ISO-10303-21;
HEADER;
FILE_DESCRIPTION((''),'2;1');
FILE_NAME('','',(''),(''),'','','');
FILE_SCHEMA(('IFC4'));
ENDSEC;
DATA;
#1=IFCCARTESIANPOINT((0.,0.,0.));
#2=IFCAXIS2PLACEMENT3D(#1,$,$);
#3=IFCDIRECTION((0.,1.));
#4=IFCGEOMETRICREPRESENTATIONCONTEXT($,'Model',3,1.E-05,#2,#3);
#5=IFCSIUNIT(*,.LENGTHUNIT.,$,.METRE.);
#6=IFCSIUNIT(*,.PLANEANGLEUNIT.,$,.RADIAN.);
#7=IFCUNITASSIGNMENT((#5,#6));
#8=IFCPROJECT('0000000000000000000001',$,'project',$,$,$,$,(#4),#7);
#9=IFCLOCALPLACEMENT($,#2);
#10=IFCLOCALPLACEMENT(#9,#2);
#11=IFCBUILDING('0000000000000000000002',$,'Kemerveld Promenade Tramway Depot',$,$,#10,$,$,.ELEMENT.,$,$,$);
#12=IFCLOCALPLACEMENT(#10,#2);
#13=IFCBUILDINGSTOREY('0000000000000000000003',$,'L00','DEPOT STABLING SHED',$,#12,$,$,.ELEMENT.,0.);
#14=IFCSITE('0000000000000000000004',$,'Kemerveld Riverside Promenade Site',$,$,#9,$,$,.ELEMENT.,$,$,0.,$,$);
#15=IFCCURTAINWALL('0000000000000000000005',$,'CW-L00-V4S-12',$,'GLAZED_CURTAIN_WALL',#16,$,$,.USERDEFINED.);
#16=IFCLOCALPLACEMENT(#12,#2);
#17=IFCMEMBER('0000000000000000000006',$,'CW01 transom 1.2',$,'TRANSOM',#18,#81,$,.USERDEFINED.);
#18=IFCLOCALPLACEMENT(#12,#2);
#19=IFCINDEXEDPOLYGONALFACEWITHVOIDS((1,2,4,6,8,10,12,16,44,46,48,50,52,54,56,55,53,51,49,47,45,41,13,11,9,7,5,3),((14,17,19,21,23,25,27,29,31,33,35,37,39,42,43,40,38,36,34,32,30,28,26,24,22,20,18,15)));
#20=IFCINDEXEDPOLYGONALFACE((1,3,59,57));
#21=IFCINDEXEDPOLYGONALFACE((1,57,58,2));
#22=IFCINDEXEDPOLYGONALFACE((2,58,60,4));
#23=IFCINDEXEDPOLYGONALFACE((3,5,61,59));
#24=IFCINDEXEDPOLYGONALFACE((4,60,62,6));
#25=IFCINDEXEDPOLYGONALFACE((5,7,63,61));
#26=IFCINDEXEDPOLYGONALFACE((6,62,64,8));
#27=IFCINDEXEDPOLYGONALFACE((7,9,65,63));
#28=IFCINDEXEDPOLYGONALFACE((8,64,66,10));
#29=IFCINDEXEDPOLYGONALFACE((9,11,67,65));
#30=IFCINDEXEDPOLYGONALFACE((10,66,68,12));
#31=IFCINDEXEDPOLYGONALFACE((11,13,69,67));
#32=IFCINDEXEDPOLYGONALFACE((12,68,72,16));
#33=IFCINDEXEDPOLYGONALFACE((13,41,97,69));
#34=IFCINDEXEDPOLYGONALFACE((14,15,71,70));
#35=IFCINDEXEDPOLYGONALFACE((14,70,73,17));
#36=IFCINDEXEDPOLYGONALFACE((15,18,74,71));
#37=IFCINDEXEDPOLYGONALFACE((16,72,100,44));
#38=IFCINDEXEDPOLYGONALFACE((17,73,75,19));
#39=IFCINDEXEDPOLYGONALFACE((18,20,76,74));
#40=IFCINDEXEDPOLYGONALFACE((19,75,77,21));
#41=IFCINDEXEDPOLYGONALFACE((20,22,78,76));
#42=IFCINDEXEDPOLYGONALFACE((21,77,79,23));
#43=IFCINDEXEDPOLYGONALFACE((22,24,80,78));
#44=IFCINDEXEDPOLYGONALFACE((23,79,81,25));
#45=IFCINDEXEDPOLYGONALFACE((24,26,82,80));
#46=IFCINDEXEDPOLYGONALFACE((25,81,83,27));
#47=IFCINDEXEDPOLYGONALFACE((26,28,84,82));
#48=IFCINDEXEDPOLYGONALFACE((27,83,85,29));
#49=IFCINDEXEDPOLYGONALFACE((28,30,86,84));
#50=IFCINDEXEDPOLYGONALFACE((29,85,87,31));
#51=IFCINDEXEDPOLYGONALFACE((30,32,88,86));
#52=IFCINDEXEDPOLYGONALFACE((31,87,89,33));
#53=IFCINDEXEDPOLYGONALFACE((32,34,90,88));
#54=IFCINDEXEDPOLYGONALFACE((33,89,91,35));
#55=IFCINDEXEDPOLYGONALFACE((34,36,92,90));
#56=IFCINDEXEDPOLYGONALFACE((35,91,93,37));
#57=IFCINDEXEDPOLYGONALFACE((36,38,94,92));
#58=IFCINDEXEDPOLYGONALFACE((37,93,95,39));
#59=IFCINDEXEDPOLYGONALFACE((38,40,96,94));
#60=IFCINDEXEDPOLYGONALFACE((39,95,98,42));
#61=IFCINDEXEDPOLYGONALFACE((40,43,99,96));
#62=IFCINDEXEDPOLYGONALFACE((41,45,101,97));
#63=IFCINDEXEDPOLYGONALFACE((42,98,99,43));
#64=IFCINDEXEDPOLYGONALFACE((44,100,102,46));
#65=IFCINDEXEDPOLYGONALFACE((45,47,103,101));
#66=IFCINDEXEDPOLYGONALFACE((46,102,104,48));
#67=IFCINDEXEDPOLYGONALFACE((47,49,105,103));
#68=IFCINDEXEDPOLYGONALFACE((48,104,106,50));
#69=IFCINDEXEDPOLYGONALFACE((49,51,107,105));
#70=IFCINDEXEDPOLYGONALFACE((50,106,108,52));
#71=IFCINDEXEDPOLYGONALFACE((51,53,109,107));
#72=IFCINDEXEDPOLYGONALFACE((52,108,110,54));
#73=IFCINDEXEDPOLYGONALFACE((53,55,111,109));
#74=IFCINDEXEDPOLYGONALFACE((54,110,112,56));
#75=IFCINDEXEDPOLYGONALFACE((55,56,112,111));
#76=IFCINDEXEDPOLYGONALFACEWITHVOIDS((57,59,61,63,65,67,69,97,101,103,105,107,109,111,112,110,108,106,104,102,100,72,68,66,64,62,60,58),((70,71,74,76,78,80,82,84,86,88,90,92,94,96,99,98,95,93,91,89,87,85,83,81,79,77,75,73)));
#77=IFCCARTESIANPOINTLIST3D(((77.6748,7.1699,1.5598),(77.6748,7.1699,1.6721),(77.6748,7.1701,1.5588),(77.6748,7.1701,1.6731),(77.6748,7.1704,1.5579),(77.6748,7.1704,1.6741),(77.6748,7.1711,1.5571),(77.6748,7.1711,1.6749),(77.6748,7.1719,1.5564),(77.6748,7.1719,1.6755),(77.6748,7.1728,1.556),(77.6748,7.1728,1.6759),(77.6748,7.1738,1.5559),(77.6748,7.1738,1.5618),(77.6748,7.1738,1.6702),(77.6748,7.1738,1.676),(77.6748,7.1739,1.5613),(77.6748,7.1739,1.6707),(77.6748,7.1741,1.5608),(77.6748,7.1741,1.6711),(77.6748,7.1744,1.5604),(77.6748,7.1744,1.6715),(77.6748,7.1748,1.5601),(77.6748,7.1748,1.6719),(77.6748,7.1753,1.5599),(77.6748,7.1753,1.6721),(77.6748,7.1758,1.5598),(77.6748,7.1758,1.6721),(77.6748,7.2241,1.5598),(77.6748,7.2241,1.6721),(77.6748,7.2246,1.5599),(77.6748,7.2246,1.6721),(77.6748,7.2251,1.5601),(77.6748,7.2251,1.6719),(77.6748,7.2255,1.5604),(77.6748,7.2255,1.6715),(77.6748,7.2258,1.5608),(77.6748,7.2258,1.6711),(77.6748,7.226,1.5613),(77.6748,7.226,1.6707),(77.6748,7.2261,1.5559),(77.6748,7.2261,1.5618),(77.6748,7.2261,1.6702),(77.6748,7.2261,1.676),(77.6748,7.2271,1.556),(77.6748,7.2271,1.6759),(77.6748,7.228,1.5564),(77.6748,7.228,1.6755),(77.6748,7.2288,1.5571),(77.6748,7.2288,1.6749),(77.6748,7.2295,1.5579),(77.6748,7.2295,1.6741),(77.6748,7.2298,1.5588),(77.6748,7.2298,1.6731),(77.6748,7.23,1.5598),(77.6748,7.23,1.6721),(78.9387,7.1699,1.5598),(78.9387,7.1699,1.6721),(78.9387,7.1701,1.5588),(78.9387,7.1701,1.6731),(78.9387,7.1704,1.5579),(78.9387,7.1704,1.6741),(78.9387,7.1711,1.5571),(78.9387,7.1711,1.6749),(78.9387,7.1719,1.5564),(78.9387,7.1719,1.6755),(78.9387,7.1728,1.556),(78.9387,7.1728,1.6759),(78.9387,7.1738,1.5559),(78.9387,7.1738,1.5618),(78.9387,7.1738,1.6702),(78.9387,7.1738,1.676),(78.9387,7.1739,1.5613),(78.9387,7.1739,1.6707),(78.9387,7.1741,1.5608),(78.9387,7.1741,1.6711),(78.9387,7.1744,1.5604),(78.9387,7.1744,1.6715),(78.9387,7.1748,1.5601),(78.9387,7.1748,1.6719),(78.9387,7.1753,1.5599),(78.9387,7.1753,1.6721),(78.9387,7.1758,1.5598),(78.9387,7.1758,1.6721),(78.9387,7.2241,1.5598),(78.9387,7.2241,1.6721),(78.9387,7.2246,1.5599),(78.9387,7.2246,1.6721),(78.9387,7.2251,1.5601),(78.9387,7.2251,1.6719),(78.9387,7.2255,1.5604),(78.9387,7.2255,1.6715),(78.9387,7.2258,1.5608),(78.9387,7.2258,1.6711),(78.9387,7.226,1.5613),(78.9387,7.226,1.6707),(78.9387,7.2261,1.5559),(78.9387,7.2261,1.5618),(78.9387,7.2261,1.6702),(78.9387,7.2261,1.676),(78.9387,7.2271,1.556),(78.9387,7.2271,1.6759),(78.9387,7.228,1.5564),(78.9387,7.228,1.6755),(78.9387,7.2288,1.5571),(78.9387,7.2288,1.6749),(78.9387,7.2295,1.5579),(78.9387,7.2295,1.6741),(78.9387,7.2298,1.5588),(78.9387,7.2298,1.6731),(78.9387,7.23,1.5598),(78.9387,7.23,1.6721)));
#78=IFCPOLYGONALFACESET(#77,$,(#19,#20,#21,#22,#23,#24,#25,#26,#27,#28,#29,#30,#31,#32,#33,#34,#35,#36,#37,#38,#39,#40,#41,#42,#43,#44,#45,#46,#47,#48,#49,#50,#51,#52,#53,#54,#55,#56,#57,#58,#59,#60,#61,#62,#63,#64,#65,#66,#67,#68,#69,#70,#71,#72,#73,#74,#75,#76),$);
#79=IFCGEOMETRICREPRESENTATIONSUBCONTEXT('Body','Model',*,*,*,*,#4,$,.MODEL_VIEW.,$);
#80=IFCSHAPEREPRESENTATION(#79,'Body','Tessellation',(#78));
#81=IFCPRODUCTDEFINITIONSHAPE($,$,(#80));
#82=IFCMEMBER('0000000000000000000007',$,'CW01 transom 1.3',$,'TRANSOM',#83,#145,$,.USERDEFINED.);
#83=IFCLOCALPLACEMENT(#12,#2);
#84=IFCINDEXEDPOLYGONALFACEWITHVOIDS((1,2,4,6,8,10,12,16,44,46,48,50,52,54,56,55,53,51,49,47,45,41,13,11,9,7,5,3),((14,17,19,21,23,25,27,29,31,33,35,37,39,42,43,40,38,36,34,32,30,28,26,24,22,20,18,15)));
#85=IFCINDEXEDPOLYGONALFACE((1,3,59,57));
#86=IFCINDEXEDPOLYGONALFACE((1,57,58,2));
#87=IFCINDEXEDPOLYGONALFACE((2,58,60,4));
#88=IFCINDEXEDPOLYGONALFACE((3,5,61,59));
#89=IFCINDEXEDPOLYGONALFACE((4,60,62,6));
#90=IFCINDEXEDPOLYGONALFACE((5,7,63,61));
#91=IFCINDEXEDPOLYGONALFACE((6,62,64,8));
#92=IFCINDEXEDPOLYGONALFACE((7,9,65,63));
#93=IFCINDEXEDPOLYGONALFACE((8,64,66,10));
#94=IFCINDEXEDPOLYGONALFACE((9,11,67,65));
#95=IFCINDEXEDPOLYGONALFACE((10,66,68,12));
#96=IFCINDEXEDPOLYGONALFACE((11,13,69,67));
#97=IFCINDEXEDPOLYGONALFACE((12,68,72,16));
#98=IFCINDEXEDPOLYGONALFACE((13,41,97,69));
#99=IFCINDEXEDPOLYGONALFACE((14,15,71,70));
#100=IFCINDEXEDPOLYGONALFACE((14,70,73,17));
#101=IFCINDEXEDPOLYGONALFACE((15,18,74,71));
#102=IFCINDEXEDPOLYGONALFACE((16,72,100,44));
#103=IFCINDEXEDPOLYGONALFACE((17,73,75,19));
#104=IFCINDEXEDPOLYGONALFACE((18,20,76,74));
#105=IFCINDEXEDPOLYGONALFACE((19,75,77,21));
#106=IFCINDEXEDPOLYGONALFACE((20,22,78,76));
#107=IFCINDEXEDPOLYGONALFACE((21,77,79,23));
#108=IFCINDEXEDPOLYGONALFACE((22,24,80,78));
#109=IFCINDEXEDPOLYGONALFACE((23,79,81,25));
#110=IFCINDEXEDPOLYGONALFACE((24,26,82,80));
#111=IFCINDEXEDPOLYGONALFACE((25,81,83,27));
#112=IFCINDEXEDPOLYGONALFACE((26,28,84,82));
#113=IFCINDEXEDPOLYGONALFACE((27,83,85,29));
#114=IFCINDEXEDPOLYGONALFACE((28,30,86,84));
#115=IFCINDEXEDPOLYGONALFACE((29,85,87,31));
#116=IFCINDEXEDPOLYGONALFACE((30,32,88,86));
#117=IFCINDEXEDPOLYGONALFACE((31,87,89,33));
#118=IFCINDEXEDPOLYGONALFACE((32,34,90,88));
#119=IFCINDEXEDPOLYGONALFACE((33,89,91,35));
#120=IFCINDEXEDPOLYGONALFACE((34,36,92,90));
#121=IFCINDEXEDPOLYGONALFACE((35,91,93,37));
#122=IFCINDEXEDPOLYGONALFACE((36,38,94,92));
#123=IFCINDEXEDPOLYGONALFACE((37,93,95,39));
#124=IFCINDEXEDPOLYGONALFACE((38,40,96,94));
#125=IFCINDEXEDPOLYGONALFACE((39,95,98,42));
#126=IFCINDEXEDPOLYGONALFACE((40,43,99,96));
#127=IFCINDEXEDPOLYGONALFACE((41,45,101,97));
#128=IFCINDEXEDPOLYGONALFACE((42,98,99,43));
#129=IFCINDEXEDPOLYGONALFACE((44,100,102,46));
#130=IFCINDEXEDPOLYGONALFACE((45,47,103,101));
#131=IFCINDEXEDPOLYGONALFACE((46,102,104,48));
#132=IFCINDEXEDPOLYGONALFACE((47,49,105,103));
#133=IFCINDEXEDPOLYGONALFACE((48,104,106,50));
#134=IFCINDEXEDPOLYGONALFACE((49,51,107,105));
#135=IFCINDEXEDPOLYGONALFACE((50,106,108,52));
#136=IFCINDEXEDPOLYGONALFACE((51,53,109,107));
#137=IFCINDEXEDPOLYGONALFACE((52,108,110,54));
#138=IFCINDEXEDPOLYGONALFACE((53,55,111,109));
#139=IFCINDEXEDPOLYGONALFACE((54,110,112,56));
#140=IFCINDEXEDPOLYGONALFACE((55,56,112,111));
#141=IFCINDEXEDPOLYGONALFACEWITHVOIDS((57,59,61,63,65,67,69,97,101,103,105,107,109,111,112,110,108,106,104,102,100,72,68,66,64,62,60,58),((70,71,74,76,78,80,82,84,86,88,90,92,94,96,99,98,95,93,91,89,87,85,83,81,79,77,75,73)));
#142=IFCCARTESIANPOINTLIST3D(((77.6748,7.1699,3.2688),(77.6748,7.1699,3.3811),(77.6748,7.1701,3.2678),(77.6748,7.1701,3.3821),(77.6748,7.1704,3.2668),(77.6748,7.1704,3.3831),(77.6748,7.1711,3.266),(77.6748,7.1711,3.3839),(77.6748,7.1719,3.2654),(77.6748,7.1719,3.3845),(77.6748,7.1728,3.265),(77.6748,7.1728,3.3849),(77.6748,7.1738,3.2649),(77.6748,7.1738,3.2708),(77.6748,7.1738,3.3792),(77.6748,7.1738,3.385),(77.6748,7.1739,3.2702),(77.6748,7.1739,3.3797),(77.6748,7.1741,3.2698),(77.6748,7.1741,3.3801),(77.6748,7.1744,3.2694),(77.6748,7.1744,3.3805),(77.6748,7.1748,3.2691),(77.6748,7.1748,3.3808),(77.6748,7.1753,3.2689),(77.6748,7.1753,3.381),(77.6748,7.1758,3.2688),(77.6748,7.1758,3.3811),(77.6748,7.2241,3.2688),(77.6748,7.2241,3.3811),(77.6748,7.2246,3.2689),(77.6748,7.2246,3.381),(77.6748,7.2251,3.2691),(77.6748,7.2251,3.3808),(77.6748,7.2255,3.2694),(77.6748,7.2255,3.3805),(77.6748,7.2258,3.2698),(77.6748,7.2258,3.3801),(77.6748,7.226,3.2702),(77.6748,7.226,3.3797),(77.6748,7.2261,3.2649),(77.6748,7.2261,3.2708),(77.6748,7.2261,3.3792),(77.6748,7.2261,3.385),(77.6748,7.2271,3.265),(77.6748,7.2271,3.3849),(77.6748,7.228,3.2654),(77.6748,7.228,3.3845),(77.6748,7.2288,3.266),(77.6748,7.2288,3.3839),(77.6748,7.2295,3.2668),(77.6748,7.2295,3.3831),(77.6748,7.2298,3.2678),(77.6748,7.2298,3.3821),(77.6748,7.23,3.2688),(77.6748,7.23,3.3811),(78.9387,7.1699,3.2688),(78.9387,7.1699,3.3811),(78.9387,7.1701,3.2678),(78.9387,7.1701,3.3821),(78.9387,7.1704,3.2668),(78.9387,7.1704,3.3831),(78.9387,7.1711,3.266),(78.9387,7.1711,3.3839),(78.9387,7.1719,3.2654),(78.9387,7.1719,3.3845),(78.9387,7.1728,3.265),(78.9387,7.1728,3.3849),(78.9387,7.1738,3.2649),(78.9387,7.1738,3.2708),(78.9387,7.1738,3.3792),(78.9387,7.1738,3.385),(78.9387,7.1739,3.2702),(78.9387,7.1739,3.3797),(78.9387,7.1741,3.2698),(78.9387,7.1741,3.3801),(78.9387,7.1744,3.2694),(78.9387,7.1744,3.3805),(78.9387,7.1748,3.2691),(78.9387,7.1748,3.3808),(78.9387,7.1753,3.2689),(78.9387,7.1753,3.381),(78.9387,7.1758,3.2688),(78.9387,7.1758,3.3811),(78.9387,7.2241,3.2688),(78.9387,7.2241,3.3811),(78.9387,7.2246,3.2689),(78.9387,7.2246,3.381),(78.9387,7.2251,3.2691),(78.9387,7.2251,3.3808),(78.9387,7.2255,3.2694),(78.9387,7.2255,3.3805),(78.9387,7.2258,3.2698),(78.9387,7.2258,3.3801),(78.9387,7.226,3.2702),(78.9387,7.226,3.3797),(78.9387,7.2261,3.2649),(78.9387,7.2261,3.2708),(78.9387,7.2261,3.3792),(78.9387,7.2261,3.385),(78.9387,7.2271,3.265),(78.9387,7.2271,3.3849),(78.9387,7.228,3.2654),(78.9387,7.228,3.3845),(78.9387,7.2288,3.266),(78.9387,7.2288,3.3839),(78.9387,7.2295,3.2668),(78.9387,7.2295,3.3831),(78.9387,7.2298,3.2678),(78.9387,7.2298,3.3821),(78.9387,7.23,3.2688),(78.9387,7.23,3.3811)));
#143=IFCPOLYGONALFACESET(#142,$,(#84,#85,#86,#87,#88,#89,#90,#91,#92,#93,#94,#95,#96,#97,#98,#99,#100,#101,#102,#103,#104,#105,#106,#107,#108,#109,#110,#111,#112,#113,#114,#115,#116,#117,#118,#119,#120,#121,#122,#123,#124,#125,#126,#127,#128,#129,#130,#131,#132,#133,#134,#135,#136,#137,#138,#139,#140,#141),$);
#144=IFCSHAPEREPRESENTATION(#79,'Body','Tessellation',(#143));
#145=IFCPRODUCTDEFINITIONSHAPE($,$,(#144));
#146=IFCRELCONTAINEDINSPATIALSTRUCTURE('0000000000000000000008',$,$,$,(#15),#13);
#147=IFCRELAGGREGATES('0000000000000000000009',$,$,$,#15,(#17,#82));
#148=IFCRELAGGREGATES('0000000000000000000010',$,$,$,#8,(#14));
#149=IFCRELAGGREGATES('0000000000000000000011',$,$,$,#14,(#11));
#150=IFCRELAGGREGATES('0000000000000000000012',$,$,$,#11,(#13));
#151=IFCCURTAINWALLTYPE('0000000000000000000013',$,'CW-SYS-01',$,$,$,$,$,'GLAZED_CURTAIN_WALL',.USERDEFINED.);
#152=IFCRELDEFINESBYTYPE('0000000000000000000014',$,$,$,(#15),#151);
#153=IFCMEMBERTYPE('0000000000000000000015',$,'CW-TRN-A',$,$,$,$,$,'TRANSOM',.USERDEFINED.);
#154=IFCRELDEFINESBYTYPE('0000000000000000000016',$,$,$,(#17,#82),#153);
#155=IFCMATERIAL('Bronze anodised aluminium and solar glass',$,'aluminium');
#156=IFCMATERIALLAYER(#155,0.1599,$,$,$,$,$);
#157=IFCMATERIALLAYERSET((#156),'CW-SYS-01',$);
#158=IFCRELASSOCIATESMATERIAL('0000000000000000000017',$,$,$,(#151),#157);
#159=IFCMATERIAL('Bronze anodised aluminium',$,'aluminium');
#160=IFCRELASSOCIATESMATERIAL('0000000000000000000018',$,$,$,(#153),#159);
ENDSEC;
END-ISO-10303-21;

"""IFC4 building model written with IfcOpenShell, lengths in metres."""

from ifc_helpers import new_model, si_unit, direction, frame, origin, origin_2d, place, context, subcontext, project, spatial, hollow_rectangle, extrude, material, layer, layer_set, material_profile, profile_set, type_object, element, aggregate, save


model = new_model("IFC4")

# Units and contexts
model_context = context("Model", 3, precision=1e-05, world=origin(), true_north=direction((0.0, 1.0)))
body_context = subcontext(model_context, "Body", "Model", "MODEL_VIEW")
ifc_project = project(units=[si_unit("LENGTHUNIT", "METRE"), si_unit("PLANEANGLEUNIT", "RADIAN")], contexts=[model_context])

# Site, building, storey
site_placement = place(None, origin())
site = spatial("IfcSite", under=ifc_project, at=site_placement, Name="Kemerveld Riverside Promenade Site", CompositionType="ELEMENT", RefElevation=0.0)
building_placement = place(site_placement, origin())
building = spatial("IfcBuilding", under=site, at=building_placement, Name="Kemerveld Promenade Tramway Depot", CompositionType="ELEMENT")
storey_placement = place(building_placement, origin())
storey = spatial("IfcBuildingStorey", under=building, at=storey_placement, Name="L00", Description="DEPOT STABLING SHED", CompositionType="ELEMENT", Elevation=0.0)

# Curtain wall, members
ifc_material_1 = material(Name="Bronze anodised aluminium and solar glass", Category="aluminium")
ifc_layer_1 = layer(ifc_material_1, 0.1599)
ifc_layer_set_1 = layer_set([ifc_layer_1], Name="CW-SYS-01")
curtain_wall_type = type_object("IfcCurtainWallType", Name="CW-SYS-01", ElementType="GLAZED_CURTAIN_WALL", PredefinedType="USERDEFINED", material=ifc_layer_set_1)
curtain_wall_placement = place(storey_placement, origin())
curtain_wall = element("IfcCurtainWall", 1, at=curtain_wall_placement, inside=storey, type_object=curtain_wall_type, Name="CW-L00-V4S-12", ObjectType="GLAZED_CURTAIN_WALL", PredefinedType="USERDEFINED")
ifc_material_2 = material(Name="Bronze anodised aluminium", Category="aluminium")
ifc_material_profile_1 = material_profile(ifc_material_2, hollow_rectangle(XDim=0.0601, YDim=0.1201, WallThickness=0.0039, InnerFilletRadius=0.002, OuterFilletRadius=0.0039, at=origin_2d()), Name="CW-TRN-120x60")
ifc_profile_set_1 = profile_set([ifc_material_profile_1], Name="Bronze anodised aluminium")
member_type_1 = type_object("IfcMemberType", Name="CW-TRN-A", ElementType="TRANSOM", PredefinedType="USERDEFINED", material=ifc_profile_set_1)
member_1_placement = place(storey_placement, frame((78.9387, 7.2, 1.616), z_axis=(-1.0, 0.0, 0.0), x_axis=(0.0, -1.0, 0.0)))
member_1 = element("IfcMember", 2, at=member_1_placement, type_object=member_type_1, Name="CW01 transom 1.2", ObjectType="TRANSOM", PredefinedType="USERDEFINED", context=body_context, shape_type="SweptSolid", body=[
    extrude(hollow_rectangle(XDim=0.0601, YDim=0.1201, WallThickness=0.0039, InnerFilletRadius=0.002, OuterFilletRadius=0.0039, at=origin_2d()), origin(), (0.0, 0.0, 1.0), 1.2639),
])
member_2_placement = place(storey_placement, frame((78.9387, 7.2, 3.325), z_axis=(-1.0, 0.0, 0.0), x_axis=(0.0, -1.0, 0.0)))
member_2 = element("IfcMember", 3, at=member_2_placement, type_object=member_type_1, Name="CW01 transom 1.3", ObjectType="TRANSOM", PredefinedType="USERDEFINED", context=body_context, shape_type="SweptSolid", body=[
    extrude(hollow_rectangle(XDim=0.0601, YDim=0.1201, WallThickness=0.0039, InnerFilletRadius=0.002, OuterFilletRadius=0.0039, at=origin_2d()), origin(), (0.0, 0.0, 1.0), 1.2639),
])
aggregate(curtain_wall, [member_1, member_2])

save(model, "model.ifc")
